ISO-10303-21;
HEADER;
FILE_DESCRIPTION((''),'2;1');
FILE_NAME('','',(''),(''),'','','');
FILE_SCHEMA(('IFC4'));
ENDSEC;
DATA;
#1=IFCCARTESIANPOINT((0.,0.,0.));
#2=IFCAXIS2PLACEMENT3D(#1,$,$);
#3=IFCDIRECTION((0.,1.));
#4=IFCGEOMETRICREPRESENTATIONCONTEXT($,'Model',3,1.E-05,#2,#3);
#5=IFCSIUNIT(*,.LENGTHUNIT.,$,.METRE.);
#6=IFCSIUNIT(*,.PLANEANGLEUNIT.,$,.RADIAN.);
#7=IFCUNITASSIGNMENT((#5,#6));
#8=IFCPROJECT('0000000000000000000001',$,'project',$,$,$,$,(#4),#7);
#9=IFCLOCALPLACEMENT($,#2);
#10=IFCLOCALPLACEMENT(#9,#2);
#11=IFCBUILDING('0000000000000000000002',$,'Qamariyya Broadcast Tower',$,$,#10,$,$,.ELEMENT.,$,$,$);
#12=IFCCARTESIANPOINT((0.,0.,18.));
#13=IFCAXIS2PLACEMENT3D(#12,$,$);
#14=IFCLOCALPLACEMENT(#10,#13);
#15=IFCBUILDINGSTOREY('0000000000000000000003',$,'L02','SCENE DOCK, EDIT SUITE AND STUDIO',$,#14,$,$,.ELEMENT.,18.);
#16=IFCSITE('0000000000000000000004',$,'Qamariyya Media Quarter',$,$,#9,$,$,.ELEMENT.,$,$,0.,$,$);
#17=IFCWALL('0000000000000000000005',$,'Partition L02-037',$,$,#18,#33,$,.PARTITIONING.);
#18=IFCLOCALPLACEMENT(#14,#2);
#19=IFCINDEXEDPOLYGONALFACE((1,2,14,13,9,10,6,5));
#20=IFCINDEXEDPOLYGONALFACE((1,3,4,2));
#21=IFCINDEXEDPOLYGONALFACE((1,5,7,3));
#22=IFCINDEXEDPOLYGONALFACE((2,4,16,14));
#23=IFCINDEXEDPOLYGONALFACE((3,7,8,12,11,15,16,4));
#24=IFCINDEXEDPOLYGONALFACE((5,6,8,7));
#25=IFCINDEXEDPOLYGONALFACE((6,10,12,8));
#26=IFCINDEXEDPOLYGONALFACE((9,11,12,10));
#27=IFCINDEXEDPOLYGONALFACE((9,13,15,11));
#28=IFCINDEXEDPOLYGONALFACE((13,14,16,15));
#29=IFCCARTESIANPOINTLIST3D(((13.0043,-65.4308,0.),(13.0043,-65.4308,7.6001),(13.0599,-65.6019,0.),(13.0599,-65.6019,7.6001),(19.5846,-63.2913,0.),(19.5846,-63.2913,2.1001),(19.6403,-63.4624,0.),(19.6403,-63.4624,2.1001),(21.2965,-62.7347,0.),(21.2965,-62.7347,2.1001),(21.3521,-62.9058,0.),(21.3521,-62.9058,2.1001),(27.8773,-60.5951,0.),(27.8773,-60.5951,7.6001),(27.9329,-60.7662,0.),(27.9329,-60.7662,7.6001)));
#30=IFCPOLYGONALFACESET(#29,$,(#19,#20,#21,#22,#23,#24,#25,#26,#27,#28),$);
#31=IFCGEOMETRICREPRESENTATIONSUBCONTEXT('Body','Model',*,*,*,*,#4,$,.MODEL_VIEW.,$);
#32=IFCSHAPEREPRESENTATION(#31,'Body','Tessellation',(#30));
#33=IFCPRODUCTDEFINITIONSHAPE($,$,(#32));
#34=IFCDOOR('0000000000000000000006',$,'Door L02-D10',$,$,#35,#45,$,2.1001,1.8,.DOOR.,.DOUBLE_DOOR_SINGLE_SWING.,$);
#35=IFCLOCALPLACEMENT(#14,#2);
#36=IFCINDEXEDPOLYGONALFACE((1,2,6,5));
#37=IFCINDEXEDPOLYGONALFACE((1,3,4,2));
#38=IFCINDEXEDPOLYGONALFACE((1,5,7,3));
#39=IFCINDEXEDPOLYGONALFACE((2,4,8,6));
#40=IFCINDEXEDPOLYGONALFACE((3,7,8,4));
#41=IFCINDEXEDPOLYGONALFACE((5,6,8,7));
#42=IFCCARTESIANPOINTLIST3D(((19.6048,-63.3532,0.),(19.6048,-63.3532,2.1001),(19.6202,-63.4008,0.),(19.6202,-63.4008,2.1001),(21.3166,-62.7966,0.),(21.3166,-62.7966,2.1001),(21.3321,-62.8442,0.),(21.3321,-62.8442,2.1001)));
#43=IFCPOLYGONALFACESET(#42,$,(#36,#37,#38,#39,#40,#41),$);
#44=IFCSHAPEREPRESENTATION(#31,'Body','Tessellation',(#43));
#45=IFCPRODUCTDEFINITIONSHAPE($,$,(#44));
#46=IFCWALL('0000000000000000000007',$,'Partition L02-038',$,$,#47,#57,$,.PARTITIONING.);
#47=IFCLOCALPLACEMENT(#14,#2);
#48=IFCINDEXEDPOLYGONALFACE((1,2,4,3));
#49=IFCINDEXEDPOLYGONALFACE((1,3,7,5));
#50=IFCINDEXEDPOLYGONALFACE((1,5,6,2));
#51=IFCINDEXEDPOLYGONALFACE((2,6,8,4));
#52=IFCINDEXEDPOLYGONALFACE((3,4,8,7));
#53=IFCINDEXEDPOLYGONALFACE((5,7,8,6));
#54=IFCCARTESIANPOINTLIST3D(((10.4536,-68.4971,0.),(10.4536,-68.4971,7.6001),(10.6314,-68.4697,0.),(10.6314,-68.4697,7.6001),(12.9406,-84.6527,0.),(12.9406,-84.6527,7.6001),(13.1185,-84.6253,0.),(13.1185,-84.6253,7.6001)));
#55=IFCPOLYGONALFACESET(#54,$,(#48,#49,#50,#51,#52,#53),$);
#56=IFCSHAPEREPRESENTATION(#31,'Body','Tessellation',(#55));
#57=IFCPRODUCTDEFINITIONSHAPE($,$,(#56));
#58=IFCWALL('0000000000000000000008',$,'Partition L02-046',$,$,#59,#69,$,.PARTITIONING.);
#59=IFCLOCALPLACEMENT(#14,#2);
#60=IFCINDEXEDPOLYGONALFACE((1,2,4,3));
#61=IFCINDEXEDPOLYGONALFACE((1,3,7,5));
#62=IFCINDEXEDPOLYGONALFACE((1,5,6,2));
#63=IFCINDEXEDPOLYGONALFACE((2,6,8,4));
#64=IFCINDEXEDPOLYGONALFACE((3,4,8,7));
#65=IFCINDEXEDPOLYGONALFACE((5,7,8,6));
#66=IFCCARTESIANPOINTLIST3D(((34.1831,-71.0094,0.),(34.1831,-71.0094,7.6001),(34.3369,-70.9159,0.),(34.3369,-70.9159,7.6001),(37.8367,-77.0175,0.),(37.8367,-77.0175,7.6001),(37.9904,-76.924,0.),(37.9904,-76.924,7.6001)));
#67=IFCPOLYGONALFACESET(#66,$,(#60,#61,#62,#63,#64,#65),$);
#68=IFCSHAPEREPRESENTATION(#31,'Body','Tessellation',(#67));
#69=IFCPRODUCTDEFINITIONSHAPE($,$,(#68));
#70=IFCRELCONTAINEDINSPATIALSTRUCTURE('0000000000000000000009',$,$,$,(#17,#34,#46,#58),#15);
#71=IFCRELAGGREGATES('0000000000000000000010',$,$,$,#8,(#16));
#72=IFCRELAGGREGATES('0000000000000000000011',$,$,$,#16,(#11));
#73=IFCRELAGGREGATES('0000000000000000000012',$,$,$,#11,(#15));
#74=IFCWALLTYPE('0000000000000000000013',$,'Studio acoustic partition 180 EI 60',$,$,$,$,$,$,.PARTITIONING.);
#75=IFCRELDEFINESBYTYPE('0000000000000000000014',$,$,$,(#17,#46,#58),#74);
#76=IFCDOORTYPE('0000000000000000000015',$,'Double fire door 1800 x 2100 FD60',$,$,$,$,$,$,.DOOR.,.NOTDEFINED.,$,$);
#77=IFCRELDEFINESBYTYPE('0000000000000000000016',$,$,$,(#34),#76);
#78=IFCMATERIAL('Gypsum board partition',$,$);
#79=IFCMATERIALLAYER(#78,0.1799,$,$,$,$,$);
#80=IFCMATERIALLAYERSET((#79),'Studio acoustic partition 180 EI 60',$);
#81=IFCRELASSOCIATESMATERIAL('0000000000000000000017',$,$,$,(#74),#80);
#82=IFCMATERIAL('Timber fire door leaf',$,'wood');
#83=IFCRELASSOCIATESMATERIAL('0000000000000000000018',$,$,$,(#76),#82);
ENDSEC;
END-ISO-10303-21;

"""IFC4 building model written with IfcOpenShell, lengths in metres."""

from ifc_helpers import new_model, si_unit, direction, frame, frame_2d, origin, place, context, subcontext, project, spatial, rectangle, extrude, material, layer, layer_set, type_object, element, fill, save


model = new_model("IFC4")

# Units and contexts
model_context = context("Model", 3, precision=1e-05, world=origin(), true_north=direction((0.0, 1.0)))
body_context = subcontext(model_context, "Body", "Model", "MODEL_VIEW")
ifc_project = project(units=[si_unit("LENGTHUNIT", "METRE"), si_unit("PLANEANGLEUNIT", "RADIAN")], contexts=[model_context])

# Site, building, storey
site_placement = place(None, origin())
site = spatial("IfcSite", under=ifc_project, at=site_placement, Name="Qamariyya Media Quarter", CompositionType="ELEMENT", RefElevation=0.0)
building_placement = place(site_placement, origin())
building = spatial("IfcBuilding", under=site, at=building_placement, Name="Qamariyya Broadcast Tower", CompositionType="ELEMENT")
storey_placement = place(building_placement, frame((0.0, 0.0, 18.0)))
storey = spatial("IfcBuildingStorey", under=building, at=storey_placement, Name="L02", Description="SCENE DOCK, EDIT SUITE AND STUDIO", CompositionType="ELEMENT", Elevation=18.0)

# Shared definitions
ifc_material_1 = material(Name="Gypsum board partition")
ifc_layer_1 = layer(ifc_material_1, 0.1799)
ifc_layer_set_1 = layer_set([ifc_layer_1], Name="Studio acoustic partition 180 EI 60")
wall_type_1 = type_object("IfcWallType", Name="Studio acoustic partition 180 EI 60", PredefinedType="PARTITIONING", material=ifc_layer_set_1)

# Shared definitions
ifc_material_2 = material(Name="Timber fire door leaf", Category="wood")

# Wall, opening, door
wall_1_placement = place(storey_placement, frame((13.032, -65.5164, 0.0), z_axis=(0.0, 0.0, 1.0), x_axis=(0.950997, 0.309199, 0.0)))
wall_1 = element("IfcWall", 1, at=wall_1_placement, inside=storey, type_object=wall_type_1, Name="Partition L02-037", PredefinedType="PARTITIONING", context=body_context, shape_type="SweptSolid", body=[
    extrude(rectangle(XDim=15.6394, YDim=0.1799, at=frame_2d((7.8198, 0.0))), origin(), (0.0, 0.0, 1.0), 7.6001),
])
opening_1_placement = place(wall_1_placement, frame((6.9197, 0.0, 0.0)))
opening_1 = element("IfcOpeningElement", 2, at=opening_1_placement, cuts=wall_1, PredefinedType="OPENING", context=body_context, shape_type="SweptSolid", body=[
    extrude(rectangle(XDim=1.8, YDim=2.1001, at=frame_2d((0.8999, 1.05))), frame((0.0, 0.0999, 0.0), z_axis=(0.0, -1.0, 0.0), x_axis=(1.0, 0.0, 0.0)), (0.0, 0.0, 1.0), 0.2),
])
door_type_1 = type_object("IfcDoorType", Name="Double fire door 1800 x 2100 FD60", OperationType="NOTDEFINED", PredefinedType="DOOR", material=ifc_material_2)
door_1_placement = place(opening_1_placement, origin())
door_1 = element("IfcDoor", 3, at=door_1_placement, inside=storey, type_object=door_type_1, Name="Door L02-D10", OperationType="DOUBLE_DOOR_SINGLE_SWING", OverallHeight=2.1001, OverallWidth=1.8, PredefinedType="DOOR", context=body_context, shape_type="SweptSolid", body=[
    extrude(rectangle(XDim=1.8, YDim=2.1001, at=frame_2d((0.8999, 1.05))), frame((0.0, 0.0249, 0.0), z_axis=(0.0, -1.0, 0.0), x_axis=(1.0, 0.0, 0.0)), (0.0, 0.0, 1.0), 0.05),
])
fill(opening_1, door_1)

# Walls
wall_2_placement = place(storey_placement, frame((13.0295, -84.6389, 0.0), z_axis=(0.0, 0.0, 1.0), x_axis=(-0.152153, 0.988357, 0.0)))
element("IfcWall", 4, at=wall_2_placement, inside=storey, type_object=wall_type_1, Name="Partition L02-038", PredefinedType="PARTITIONING", context=body_context, shape_type="SweptSolid", body=[
    extrude(rectangle(XDim=16.3459, YDim=0.1799, at=frame_2d((8.1729, 0.0))), origin(), (0.0, 0.0, 1.0), 7.6001),
])
wall_3_placement = place(storey_placement, frame((34.26, -70.9626, 0.0), z_axis=(0.0, 0.0, 1.0), x_axis=(0.519582, -0.85442, 0.0)))
element("IfcWall", 5, at=wall_3_placement, inside=storey, type_object=wall_type_1, Name="Partition L02-046", PredefinedType="PARTITIONING", context=body_context, shape_type="SweptSolid", body=[
    extrude(rectangle(XDim=7.0317, YDim=0.1799, at=frame_2d((3.5159, 0.0))), origin(), (0.0, 0.0, 1.0), 7.6001),
])

save(model, "model.ifc")
